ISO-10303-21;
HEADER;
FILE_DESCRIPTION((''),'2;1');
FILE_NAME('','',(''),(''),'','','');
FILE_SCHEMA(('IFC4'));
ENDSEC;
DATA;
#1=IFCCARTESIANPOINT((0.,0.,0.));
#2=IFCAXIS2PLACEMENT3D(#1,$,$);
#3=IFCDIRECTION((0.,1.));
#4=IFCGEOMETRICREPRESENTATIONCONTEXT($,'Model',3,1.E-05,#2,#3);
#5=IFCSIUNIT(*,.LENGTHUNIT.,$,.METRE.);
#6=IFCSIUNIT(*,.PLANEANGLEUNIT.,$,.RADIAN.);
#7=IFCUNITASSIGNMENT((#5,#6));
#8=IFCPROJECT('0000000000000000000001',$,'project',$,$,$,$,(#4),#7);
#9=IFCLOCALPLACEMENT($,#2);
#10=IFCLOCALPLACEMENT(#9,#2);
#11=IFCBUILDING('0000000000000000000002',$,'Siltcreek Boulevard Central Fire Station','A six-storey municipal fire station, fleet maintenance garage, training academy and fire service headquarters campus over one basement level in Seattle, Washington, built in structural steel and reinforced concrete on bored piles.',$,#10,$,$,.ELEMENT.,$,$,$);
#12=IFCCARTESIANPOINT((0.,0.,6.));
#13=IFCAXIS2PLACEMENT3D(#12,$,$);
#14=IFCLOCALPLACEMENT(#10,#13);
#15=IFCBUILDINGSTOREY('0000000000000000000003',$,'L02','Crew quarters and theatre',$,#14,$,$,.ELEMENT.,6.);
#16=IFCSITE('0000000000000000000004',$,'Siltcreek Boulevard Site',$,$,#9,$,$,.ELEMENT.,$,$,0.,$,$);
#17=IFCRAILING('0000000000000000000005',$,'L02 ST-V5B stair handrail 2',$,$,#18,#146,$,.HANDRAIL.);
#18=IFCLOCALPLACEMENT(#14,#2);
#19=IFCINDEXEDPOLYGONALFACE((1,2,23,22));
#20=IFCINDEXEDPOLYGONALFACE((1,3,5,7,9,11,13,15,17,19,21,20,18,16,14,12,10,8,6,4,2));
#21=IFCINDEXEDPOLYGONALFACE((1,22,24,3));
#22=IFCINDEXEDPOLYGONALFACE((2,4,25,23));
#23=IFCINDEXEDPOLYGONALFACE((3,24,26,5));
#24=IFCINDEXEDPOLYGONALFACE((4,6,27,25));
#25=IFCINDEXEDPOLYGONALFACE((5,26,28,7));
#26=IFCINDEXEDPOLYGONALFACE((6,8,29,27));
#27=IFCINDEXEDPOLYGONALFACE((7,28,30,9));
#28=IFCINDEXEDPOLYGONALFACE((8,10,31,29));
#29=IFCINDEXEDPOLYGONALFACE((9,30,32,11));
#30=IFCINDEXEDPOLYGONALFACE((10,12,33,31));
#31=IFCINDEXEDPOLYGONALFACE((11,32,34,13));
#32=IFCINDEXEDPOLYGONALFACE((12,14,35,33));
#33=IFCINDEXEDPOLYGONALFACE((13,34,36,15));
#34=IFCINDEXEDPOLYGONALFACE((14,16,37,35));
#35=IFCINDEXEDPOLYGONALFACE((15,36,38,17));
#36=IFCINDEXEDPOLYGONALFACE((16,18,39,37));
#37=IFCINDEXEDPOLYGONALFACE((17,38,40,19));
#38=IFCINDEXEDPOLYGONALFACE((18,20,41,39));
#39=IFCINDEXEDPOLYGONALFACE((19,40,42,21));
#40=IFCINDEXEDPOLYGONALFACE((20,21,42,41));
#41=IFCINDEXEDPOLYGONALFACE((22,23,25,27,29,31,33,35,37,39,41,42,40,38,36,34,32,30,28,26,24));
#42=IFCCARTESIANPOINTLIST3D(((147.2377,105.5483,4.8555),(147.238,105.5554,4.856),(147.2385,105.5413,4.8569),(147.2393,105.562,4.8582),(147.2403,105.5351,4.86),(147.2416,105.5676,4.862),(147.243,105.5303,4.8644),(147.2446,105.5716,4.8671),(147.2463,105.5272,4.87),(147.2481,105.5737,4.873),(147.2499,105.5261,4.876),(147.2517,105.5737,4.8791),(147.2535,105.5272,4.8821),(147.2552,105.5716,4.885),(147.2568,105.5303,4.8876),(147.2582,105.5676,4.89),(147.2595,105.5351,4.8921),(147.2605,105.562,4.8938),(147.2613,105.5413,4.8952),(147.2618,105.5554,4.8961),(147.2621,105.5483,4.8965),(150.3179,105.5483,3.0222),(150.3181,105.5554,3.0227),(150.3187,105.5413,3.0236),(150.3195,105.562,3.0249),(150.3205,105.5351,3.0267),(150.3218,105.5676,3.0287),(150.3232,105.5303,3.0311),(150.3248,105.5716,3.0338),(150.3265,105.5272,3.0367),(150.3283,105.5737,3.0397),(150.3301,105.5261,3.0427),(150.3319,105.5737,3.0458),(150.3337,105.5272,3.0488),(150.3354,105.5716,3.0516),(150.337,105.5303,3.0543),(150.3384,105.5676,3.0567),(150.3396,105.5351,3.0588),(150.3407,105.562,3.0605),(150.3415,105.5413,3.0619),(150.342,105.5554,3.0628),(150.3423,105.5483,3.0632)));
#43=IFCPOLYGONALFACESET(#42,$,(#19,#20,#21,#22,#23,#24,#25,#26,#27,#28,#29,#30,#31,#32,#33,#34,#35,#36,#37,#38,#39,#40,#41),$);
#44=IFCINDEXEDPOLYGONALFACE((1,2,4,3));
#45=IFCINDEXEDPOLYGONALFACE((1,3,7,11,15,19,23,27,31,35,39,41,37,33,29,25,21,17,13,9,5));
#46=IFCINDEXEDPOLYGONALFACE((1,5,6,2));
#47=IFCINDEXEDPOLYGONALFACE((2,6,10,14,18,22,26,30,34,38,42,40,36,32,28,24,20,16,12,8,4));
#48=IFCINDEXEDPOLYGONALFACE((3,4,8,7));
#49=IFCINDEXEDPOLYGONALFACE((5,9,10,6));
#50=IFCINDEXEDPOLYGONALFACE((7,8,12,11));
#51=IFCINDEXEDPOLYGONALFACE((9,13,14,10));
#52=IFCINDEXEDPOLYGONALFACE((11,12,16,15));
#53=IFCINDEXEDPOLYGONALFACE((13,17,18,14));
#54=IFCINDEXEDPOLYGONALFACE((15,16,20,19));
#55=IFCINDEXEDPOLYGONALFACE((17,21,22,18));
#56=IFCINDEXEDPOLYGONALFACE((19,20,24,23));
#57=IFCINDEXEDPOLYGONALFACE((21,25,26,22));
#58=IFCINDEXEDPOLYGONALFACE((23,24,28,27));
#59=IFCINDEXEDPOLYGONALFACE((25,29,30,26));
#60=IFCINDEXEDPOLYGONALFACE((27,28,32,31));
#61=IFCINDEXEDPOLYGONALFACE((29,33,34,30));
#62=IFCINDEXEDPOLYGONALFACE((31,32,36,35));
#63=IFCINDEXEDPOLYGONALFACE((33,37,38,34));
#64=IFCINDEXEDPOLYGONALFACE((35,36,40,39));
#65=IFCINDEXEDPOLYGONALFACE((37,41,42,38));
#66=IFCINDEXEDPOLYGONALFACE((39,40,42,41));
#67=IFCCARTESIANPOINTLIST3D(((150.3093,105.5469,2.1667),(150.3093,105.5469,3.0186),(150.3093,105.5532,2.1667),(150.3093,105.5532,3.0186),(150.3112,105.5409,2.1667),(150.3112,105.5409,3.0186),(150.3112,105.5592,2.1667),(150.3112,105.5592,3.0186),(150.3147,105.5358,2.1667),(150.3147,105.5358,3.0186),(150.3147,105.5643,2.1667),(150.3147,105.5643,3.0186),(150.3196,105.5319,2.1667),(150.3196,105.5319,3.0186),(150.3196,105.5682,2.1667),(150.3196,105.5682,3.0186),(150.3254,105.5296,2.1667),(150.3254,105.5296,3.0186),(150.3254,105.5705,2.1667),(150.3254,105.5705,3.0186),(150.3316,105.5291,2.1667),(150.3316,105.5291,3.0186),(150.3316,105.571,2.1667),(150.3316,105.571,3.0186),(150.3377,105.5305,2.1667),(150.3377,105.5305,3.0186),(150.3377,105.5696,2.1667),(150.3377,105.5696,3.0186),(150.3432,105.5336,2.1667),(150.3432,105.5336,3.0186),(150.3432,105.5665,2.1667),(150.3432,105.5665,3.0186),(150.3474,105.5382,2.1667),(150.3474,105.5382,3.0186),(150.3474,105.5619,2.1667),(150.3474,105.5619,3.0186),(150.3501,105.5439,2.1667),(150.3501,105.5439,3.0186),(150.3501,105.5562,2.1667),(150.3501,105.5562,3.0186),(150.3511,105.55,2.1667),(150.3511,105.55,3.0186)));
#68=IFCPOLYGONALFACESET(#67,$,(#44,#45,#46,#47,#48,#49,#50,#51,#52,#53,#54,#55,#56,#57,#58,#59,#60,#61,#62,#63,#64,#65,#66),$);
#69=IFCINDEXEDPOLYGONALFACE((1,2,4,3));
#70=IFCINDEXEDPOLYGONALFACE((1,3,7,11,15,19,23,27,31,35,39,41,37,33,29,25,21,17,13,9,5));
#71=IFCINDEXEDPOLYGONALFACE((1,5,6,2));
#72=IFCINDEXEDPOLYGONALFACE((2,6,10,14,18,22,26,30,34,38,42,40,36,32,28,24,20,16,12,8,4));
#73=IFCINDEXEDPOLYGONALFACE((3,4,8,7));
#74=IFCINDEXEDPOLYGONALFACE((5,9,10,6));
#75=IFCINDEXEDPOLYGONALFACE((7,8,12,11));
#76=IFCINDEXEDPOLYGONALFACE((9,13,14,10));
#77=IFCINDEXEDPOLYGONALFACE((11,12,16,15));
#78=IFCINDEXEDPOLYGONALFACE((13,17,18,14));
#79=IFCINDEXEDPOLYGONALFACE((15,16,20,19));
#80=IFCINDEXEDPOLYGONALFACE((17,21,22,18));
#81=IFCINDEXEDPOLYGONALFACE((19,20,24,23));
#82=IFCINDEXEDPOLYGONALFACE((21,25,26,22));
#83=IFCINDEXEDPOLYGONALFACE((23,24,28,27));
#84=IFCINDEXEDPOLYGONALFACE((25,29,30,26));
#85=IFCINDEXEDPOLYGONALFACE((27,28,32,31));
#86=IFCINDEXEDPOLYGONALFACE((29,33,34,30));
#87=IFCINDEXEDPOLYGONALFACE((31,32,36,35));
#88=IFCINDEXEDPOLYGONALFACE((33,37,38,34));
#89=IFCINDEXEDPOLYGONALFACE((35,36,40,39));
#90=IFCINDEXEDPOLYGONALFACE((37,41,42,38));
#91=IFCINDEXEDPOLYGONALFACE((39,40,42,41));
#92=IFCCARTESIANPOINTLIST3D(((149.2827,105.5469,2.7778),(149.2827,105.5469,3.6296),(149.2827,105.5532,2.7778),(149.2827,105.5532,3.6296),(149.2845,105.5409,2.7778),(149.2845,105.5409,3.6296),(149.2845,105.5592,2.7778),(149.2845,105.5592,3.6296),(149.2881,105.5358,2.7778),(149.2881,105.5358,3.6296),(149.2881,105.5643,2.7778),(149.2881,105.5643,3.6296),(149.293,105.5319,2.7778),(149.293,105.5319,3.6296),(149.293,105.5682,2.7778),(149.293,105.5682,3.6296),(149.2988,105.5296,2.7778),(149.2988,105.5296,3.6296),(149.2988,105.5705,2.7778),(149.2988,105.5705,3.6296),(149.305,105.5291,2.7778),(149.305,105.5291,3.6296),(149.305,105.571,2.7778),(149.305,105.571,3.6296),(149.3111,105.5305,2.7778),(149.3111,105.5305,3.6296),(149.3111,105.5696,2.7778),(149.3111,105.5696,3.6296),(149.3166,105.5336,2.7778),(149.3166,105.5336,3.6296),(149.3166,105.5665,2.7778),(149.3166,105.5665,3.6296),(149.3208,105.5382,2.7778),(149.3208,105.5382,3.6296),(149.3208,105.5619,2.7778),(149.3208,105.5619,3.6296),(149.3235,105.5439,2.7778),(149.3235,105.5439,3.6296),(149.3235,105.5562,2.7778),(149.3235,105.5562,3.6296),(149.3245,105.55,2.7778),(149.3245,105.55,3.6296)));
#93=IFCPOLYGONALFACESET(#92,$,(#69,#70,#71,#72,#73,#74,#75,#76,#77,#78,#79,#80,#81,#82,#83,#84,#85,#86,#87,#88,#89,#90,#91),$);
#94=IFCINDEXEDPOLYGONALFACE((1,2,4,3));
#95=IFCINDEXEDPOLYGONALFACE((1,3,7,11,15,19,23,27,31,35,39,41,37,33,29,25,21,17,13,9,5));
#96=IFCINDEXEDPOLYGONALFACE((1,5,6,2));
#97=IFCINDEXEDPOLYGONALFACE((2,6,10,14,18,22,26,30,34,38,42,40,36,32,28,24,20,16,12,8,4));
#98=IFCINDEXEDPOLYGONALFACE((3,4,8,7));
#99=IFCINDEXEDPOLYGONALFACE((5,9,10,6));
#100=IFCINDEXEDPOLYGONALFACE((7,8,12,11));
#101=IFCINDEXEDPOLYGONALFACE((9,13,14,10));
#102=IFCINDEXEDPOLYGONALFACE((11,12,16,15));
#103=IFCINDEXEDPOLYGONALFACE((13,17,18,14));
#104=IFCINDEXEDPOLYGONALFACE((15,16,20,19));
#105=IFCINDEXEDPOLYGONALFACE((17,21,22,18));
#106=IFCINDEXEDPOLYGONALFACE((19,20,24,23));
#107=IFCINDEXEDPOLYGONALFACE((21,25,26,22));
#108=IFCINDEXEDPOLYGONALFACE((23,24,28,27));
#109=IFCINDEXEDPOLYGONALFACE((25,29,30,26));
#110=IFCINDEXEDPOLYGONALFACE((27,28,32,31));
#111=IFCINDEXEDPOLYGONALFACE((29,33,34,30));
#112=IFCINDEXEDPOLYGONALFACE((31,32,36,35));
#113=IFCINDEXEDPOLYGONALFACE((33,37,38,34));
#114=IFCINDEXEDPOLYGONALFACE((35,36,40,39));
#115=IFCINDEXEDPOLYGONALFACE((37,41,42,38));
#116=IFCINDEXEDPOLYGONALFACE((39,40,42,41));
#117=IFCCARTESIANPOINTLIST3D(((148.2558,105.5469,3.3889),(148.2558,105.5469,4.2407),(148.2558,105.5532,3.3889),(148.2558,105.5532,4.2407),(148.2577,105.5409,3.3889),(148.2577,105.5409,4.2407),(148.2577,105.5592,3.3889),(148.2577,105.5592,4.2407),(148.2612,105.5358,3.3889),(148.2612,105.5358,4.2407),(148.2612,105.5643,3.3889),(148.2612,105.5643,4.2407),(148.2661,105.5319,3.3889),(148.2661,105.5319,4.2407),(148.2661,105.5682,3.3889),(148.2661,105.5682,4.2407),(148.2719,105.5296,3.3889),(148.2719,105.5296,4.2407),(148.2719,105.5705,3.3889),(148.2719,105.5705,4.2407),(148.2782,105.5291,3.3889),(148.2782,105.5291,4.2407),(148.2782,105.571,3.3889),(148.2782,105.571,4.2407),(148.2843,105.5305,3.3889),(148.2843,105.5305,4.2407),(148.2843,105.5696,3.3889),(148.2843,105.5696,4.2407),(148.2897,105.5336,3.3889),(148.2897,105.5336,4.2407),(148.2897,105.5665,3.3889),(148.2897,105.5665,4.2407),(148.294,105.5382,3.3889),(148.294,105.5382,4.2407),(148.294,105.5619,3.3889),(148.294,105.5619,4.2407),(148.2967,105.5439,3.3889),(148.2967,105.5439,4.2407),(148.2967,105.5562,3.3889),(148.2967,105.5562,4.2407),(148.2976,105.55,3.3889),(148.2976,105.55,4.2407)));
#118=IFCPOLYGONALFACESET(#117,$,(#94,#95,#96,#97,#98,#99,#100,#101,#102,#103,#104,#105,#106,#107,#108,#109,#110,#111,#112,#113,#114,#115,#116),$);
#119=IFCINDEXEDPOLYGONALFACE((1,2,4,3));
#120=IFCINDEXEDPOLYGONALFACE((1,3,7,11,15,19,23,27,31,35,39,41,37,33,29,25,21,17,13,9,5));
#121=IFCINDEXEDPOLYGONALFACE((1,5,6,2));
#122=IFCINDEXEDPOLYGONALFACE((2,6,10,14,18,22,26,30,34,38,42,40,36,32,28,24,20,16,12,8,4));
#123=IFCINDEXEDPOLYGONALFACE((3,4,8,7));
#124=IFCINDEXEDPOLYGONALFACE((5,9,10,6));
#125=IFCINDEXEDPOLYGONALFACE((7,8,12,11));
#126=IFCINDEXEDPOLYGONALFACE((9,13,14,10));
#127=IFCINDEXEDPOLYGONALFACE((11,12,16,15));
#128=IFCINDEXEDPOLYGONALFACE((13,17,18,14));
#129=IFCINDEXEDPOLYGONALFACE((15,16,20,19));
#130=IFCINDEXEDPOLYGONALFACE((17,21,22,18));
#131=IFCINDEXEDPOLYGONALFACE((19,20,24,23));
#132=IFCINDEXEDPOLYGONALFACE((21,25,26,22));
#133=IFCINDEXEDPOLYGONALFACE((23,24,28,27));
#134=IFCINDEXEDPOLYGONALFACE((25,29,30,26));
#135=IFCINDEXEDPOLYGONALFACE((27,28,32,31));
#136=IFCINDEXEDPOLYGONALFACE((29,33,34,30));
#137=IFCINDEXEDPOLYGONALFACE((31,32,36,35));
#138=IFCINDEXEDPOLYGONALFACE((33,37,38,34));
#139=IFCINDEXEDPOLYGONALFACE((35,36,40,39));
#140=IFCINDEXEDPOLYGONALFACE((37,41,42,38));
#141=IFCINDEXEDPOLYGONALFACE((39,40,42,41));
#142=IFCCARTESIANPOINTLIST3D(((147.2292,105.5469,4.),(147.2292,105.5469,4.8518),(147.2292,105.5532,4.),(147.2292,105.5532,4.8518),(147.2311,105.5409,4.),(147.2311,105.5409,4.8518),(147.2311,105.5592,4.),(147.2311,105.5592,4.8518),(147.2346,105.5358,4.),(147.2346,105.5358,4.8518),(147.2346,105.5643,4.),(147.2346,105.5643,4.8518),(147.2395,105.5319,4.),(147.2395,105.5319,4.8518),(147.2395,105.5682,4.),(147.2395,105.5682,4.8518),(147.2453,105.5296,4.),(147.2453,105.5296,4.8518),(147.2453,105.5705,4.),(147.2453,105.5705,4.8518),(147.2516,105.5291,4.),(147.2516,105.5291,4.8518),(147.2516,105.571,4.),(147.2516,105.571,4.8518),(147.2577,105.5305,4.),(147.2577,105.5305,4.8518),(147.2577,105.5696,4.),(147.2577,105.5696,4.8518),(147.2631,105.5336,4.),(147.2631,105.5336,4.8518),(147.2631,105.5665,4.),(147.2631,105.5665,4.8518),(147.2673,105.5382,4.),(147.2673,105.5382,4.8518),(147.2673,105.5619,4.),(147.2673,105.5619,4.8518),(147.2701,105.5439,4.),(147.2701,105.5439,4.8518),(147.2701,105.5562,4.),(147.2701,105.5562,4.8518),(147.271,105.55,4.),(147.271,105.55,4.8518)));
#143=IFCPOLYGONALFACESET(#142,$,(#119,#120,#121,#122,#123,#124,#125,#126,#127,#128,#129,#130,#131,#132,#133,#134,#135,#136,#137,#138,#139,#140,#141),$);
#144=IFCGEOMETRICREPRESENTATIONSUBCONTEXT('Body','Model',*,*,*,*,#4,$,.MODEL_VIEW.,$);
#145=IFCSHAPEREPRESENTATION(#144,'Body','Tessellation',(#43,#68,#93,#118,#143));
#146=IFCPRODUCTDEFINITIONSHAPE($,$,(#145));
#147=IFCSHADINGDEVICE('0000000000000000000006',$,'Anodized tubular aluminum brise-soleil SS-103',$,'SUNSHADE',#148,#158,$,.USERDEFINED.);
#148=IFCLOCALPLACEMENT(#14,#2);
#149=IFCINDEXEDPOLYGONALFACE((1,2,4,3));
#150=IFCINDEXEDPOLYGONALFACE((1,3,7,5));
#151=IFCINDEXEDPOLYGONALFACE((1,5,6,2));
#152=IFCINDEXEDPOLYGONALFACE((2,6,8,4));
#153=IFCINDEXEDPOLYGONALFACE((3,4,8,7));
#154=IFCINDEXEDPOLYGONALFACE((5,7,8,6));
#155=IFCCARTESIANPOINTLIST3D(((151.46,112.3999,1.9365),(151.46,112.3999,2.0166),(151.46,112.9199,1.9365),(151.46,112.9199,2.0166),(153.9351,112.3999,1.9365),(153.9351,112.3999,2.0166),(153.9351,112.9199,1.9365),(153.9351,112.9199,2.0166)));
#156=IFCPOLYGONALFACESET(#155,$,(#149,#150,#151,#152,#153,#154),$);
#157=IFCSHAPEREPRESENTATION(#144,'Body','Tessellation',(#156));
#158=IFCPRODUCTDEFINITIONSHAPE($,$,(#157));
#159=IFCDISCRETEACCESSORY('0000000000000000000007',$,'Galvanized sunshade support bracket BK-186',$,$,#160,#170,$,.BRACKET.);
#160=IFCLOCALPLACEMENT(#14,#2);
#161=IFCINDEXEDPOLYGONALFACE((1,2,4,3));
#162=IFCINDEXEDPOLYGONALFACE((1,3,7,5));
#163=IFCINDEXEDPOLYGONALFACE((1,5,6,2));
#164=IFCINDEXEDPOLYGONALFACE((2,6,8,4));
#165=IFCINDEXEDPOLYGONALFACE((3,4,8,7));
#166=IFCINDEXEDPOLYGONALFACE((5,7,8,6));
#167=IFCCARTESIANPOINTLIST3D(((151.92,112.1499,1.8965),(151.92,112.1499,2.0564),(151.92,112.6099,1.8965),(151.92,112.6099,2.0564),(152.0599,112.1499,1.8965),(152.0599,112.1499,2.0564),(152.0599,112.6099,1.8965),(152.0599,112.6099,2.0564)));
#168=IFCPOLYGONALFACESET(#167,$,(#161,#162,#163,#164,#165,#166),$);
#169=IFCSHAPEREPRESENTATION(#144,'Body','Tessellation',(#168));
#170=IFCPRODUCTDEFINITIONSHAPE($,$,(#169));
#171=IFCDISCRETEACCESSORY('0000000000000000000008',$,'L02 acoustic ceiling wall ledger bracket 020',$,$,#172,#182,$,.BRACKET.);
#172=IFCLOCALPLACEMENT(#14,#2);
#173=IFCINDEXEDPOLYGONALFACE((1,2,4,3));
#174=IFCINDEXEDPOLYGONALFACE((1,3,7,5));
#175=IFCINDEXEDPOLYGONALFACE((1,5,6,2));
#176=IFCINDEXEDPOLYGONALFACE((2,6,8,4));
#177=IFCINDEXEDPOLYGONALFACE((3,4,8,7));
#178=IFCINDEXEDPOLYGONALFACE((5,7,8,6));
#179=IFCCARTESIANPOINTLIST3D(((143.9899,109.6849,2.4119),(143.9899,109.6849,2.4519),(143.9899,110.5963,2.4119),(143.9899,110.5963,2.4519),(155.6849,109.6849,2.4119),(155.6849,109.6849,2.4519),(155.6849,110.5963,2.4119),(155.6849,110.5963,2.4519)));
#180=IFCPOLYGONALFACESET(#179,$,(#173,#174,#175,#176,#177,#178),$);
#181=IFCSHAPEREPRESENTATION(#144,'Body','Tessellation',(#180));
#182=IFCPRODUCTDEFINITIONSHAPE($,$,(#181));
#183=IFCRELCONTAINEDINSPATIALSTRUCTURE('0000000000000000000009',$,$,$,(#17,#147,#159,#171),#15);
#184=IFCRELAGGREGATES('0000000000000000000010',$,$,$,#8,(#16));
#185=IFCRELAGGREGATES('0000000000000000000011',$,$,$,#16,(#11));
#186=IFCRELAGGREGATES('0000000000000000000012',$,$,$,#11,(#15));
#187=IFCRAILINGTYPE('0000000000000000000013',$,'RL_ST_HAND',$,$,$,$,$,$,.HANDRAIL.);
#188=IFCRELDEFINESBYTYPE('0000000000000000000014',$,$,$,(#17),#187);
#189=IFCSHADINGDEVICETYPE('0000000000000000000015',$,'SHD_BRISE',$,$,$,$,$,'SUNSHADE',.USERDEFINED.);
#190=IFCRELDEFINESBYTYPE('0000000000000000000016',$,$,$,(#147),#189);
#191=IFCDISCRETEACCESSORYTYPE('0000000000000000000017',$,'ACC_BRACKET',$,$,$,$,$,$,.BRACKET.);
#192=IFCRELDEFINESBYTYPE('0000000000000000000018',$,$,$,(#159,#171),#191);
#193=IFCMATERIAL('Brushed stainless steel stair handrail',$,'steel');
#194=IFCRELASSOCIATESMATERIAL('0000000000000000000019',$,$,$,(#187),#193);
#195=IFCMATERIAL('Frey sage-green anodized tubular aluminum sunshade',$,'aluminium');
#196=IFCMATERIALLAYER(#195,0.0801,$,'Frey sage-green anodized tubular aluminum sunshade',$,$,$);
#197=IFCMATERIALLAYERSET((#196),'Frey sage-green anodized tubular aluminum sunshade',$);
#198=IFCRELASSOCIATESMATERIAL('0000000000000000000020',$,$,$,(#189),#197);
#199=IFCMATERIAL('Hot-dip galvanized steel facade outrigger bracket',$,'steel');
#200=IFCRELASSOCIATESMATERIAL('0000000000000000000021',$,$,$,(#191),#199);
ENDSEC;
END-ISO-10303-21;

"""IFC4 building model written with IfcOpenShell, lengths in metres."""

from ifc_helpers import new_model, si_unit, direction, frame, origin, origin_2d, place, context, subcontext, project, spatial, rectangle, circle, extrude, material, layer, layer_set, type_object, element, save


model = new_model("IFC4")

# Units and contexts
model_context = context("Model", 3, precision=1e-05, world=origin(), true_north=direction((0.0, 1.0)))
body_context = subcontext(model_context, "Body", "Model", "MODEL_VIEW")
ifc_project = project(units=[si_unit("LENGTHUNIT", "METRE"), si_unit("PLANEANGLEUNIT", "RADIAN")], contexts=[model_context])

# Site, building, storey
site_placement = place(None, origin())
site = spatial("IfcSite", under=ifc_project, at=site_placement, Name="Siltcreek Boulevard Site", CompositionType="ELEMENT", RefElevation=0.0)
building_placement = place(site_placement, origin())
building = spatial("IfcBuilding", under=site, at=building_placement, Name="Siltcreek Boulevard Central Fire Station", Description="A six-storey municipal fire station, fleet maintenance garage, training academy and fire service headquarters campus over one basement level in Seattle, Washington, built in structural steel and reinforced concrete on bored piles.", CompositionType="ELEMENT")
storey_placement = place(building_placement, frame((0.0, 0.0, 6.0)))
storey = spatial("IfcBuildingStorey", under=building, at=storey_placement, Name="L02", Description="Crew quarters and theatre", CompositionType="ELEMENT", Elevation=6.0)

# Railing
ifc_material_1 = material(Name="Brushed stainless steel stair handrail", Category="steel")
railing_type_1 = type_object("IfcRailingType", Name="RL_ST_HAND", PredefinedType="HANDRAIL", material=ifc_material_1)
railing_1_placement = place(storey_placement, frame((150.3301, 105.55, 2.1667)))
element("IfcRailing", 1, at=railing_1_placement, inside=storey, type_object=railing_type_1, Name="L02 ST-V5B stair handrail 2", PredefinedType="HANDRAIL", context=body_context, shape_type="SweptSolid", body=[
    extrude(circle(Radius=0.0239, at=origin_2d()), frame((0.0, 0.0, 0.876), z_axis=(-0.859309, 0.0, 0.511458), x_axis=(0.0, -1.0, 0.0)), (0.0, 0.0, 1.0), 3.5845),
    extrude(circle(Radius=0.021, at=origin_2d()), origin(), (0.0, 0.0, 1.0), 0.8518),
    extrude(circle(Radius=0.021, at=origin_2d()), frame((-1.0266, 0.0, 0.6111)), (0.0, 0.0, 1.0), 0.8518),
    extrude(circle(Radius=0.021, at=origin_2d()), frame((-2.0535, 0.0, 1.2222)), (0.0, 0.0, 1.0), 0.8518),
    extrude(circle(Radius=0.021, at=origin_2d()), frame((-3.0801, 0.0, 1.8333)), (0.0, 0.0, 1.0), 0.8518),
])

# Shading device
ifc_material_2 = material(Name="Frey sage-green anodized tubular aluminum sunshade", Category="aluminium")
ifc_layer_1 = layer(ifc_material_2, 0.0801, Name="Frey sage-green anodized tubular aluminum sunshade")
ifc_layer_set_1 = layer_set([ifc_layer_1], Name="Frey sage-green anodized tubular aluminum sunshade")
shading_device_type = type_object("IfcShadingDeviceType", Name="SHD_BRISE", ElementType="SUNSHADE", PredefinedType="USERDEFINED", material=ifc_layer_set_1)
shading_device_placement = place(storey_placement, frame((152.6975, 112.6599, 1.9365), z_axis=(0.0, 0.0, 1.0), x_axis=(-1.0, 0.0, 0.0)))
element("IfcShadingDevice", 2, at=shading_device_placement, inside=storey, type_object=shading_device_type, Name="Anodized tubular aluminum brise-soleil SS-103", ObjectType="SUNSHADE", PredefinedType="USERDEFINED", context=body_context, shape_type="SweptSolid", body=[
    extrude(rectangle(XDim=2.4751, YDim=0.52, at=origin_2d()), origin(), (0.0, 0.0, 1.0), 0.0801),
])

# Discrete accessories
ifc_material_3 = material(Name="Hot-dip galvanized steel facade outrigger bracket", Category="steel")
discrete_accessory_type = type_object("IfcDiscreteAccessoryType", Name="ACC_BRACKET", PredefinedType="BRACKET", material=ifc_material_3)
discrete_accessory_1_placement = place(storey_placement, frame((151.99, 112.3799, 1.8965), z_axis=(0.0, 0.0, 1.0), x_axis=(-1.0, 0.0, 0.0)))
element("IfcDiscreteAccessory", 3, at=discrete_accessory_1_placement, inside=storey, type_object=discrete_accessory_type, Name="Galvanized sunshade support bracket BK-186", PredefinedType="BRACKET", context=body_context, shape_type="SweptSolid", body=[
    extrude(rectangle(XDim=0.1399, YDim=0.46, at=origin_2d()), origin(), (0.0, 0.0, 1.0), 0.1599),
])
discrete_accessory_2_placement = place(storey_placement, frame((149.8374, 110.1406, 2.4119), z_axis=(0.0, 0.0, 1.0), x_axis=(1.0, 0.0, 0.0)))
element("IfcDiscreteAccessory", 4, at=discrete_accessory_2_placement, inside=storey, type_object=discrete_accessory_type, Name="L02 acoustic ceiling wall ledger bracket 020", PredefinedType="BRACKET", context=body_context, shape_type="SweptSolid", body=[
    extrude(rectangle(XDim=11.6951, YDim=0.9114, at=origin_2d()), origin(), (0.0, 0.0, 1.0), 0.04),
])

save(model, "model.ifc")
